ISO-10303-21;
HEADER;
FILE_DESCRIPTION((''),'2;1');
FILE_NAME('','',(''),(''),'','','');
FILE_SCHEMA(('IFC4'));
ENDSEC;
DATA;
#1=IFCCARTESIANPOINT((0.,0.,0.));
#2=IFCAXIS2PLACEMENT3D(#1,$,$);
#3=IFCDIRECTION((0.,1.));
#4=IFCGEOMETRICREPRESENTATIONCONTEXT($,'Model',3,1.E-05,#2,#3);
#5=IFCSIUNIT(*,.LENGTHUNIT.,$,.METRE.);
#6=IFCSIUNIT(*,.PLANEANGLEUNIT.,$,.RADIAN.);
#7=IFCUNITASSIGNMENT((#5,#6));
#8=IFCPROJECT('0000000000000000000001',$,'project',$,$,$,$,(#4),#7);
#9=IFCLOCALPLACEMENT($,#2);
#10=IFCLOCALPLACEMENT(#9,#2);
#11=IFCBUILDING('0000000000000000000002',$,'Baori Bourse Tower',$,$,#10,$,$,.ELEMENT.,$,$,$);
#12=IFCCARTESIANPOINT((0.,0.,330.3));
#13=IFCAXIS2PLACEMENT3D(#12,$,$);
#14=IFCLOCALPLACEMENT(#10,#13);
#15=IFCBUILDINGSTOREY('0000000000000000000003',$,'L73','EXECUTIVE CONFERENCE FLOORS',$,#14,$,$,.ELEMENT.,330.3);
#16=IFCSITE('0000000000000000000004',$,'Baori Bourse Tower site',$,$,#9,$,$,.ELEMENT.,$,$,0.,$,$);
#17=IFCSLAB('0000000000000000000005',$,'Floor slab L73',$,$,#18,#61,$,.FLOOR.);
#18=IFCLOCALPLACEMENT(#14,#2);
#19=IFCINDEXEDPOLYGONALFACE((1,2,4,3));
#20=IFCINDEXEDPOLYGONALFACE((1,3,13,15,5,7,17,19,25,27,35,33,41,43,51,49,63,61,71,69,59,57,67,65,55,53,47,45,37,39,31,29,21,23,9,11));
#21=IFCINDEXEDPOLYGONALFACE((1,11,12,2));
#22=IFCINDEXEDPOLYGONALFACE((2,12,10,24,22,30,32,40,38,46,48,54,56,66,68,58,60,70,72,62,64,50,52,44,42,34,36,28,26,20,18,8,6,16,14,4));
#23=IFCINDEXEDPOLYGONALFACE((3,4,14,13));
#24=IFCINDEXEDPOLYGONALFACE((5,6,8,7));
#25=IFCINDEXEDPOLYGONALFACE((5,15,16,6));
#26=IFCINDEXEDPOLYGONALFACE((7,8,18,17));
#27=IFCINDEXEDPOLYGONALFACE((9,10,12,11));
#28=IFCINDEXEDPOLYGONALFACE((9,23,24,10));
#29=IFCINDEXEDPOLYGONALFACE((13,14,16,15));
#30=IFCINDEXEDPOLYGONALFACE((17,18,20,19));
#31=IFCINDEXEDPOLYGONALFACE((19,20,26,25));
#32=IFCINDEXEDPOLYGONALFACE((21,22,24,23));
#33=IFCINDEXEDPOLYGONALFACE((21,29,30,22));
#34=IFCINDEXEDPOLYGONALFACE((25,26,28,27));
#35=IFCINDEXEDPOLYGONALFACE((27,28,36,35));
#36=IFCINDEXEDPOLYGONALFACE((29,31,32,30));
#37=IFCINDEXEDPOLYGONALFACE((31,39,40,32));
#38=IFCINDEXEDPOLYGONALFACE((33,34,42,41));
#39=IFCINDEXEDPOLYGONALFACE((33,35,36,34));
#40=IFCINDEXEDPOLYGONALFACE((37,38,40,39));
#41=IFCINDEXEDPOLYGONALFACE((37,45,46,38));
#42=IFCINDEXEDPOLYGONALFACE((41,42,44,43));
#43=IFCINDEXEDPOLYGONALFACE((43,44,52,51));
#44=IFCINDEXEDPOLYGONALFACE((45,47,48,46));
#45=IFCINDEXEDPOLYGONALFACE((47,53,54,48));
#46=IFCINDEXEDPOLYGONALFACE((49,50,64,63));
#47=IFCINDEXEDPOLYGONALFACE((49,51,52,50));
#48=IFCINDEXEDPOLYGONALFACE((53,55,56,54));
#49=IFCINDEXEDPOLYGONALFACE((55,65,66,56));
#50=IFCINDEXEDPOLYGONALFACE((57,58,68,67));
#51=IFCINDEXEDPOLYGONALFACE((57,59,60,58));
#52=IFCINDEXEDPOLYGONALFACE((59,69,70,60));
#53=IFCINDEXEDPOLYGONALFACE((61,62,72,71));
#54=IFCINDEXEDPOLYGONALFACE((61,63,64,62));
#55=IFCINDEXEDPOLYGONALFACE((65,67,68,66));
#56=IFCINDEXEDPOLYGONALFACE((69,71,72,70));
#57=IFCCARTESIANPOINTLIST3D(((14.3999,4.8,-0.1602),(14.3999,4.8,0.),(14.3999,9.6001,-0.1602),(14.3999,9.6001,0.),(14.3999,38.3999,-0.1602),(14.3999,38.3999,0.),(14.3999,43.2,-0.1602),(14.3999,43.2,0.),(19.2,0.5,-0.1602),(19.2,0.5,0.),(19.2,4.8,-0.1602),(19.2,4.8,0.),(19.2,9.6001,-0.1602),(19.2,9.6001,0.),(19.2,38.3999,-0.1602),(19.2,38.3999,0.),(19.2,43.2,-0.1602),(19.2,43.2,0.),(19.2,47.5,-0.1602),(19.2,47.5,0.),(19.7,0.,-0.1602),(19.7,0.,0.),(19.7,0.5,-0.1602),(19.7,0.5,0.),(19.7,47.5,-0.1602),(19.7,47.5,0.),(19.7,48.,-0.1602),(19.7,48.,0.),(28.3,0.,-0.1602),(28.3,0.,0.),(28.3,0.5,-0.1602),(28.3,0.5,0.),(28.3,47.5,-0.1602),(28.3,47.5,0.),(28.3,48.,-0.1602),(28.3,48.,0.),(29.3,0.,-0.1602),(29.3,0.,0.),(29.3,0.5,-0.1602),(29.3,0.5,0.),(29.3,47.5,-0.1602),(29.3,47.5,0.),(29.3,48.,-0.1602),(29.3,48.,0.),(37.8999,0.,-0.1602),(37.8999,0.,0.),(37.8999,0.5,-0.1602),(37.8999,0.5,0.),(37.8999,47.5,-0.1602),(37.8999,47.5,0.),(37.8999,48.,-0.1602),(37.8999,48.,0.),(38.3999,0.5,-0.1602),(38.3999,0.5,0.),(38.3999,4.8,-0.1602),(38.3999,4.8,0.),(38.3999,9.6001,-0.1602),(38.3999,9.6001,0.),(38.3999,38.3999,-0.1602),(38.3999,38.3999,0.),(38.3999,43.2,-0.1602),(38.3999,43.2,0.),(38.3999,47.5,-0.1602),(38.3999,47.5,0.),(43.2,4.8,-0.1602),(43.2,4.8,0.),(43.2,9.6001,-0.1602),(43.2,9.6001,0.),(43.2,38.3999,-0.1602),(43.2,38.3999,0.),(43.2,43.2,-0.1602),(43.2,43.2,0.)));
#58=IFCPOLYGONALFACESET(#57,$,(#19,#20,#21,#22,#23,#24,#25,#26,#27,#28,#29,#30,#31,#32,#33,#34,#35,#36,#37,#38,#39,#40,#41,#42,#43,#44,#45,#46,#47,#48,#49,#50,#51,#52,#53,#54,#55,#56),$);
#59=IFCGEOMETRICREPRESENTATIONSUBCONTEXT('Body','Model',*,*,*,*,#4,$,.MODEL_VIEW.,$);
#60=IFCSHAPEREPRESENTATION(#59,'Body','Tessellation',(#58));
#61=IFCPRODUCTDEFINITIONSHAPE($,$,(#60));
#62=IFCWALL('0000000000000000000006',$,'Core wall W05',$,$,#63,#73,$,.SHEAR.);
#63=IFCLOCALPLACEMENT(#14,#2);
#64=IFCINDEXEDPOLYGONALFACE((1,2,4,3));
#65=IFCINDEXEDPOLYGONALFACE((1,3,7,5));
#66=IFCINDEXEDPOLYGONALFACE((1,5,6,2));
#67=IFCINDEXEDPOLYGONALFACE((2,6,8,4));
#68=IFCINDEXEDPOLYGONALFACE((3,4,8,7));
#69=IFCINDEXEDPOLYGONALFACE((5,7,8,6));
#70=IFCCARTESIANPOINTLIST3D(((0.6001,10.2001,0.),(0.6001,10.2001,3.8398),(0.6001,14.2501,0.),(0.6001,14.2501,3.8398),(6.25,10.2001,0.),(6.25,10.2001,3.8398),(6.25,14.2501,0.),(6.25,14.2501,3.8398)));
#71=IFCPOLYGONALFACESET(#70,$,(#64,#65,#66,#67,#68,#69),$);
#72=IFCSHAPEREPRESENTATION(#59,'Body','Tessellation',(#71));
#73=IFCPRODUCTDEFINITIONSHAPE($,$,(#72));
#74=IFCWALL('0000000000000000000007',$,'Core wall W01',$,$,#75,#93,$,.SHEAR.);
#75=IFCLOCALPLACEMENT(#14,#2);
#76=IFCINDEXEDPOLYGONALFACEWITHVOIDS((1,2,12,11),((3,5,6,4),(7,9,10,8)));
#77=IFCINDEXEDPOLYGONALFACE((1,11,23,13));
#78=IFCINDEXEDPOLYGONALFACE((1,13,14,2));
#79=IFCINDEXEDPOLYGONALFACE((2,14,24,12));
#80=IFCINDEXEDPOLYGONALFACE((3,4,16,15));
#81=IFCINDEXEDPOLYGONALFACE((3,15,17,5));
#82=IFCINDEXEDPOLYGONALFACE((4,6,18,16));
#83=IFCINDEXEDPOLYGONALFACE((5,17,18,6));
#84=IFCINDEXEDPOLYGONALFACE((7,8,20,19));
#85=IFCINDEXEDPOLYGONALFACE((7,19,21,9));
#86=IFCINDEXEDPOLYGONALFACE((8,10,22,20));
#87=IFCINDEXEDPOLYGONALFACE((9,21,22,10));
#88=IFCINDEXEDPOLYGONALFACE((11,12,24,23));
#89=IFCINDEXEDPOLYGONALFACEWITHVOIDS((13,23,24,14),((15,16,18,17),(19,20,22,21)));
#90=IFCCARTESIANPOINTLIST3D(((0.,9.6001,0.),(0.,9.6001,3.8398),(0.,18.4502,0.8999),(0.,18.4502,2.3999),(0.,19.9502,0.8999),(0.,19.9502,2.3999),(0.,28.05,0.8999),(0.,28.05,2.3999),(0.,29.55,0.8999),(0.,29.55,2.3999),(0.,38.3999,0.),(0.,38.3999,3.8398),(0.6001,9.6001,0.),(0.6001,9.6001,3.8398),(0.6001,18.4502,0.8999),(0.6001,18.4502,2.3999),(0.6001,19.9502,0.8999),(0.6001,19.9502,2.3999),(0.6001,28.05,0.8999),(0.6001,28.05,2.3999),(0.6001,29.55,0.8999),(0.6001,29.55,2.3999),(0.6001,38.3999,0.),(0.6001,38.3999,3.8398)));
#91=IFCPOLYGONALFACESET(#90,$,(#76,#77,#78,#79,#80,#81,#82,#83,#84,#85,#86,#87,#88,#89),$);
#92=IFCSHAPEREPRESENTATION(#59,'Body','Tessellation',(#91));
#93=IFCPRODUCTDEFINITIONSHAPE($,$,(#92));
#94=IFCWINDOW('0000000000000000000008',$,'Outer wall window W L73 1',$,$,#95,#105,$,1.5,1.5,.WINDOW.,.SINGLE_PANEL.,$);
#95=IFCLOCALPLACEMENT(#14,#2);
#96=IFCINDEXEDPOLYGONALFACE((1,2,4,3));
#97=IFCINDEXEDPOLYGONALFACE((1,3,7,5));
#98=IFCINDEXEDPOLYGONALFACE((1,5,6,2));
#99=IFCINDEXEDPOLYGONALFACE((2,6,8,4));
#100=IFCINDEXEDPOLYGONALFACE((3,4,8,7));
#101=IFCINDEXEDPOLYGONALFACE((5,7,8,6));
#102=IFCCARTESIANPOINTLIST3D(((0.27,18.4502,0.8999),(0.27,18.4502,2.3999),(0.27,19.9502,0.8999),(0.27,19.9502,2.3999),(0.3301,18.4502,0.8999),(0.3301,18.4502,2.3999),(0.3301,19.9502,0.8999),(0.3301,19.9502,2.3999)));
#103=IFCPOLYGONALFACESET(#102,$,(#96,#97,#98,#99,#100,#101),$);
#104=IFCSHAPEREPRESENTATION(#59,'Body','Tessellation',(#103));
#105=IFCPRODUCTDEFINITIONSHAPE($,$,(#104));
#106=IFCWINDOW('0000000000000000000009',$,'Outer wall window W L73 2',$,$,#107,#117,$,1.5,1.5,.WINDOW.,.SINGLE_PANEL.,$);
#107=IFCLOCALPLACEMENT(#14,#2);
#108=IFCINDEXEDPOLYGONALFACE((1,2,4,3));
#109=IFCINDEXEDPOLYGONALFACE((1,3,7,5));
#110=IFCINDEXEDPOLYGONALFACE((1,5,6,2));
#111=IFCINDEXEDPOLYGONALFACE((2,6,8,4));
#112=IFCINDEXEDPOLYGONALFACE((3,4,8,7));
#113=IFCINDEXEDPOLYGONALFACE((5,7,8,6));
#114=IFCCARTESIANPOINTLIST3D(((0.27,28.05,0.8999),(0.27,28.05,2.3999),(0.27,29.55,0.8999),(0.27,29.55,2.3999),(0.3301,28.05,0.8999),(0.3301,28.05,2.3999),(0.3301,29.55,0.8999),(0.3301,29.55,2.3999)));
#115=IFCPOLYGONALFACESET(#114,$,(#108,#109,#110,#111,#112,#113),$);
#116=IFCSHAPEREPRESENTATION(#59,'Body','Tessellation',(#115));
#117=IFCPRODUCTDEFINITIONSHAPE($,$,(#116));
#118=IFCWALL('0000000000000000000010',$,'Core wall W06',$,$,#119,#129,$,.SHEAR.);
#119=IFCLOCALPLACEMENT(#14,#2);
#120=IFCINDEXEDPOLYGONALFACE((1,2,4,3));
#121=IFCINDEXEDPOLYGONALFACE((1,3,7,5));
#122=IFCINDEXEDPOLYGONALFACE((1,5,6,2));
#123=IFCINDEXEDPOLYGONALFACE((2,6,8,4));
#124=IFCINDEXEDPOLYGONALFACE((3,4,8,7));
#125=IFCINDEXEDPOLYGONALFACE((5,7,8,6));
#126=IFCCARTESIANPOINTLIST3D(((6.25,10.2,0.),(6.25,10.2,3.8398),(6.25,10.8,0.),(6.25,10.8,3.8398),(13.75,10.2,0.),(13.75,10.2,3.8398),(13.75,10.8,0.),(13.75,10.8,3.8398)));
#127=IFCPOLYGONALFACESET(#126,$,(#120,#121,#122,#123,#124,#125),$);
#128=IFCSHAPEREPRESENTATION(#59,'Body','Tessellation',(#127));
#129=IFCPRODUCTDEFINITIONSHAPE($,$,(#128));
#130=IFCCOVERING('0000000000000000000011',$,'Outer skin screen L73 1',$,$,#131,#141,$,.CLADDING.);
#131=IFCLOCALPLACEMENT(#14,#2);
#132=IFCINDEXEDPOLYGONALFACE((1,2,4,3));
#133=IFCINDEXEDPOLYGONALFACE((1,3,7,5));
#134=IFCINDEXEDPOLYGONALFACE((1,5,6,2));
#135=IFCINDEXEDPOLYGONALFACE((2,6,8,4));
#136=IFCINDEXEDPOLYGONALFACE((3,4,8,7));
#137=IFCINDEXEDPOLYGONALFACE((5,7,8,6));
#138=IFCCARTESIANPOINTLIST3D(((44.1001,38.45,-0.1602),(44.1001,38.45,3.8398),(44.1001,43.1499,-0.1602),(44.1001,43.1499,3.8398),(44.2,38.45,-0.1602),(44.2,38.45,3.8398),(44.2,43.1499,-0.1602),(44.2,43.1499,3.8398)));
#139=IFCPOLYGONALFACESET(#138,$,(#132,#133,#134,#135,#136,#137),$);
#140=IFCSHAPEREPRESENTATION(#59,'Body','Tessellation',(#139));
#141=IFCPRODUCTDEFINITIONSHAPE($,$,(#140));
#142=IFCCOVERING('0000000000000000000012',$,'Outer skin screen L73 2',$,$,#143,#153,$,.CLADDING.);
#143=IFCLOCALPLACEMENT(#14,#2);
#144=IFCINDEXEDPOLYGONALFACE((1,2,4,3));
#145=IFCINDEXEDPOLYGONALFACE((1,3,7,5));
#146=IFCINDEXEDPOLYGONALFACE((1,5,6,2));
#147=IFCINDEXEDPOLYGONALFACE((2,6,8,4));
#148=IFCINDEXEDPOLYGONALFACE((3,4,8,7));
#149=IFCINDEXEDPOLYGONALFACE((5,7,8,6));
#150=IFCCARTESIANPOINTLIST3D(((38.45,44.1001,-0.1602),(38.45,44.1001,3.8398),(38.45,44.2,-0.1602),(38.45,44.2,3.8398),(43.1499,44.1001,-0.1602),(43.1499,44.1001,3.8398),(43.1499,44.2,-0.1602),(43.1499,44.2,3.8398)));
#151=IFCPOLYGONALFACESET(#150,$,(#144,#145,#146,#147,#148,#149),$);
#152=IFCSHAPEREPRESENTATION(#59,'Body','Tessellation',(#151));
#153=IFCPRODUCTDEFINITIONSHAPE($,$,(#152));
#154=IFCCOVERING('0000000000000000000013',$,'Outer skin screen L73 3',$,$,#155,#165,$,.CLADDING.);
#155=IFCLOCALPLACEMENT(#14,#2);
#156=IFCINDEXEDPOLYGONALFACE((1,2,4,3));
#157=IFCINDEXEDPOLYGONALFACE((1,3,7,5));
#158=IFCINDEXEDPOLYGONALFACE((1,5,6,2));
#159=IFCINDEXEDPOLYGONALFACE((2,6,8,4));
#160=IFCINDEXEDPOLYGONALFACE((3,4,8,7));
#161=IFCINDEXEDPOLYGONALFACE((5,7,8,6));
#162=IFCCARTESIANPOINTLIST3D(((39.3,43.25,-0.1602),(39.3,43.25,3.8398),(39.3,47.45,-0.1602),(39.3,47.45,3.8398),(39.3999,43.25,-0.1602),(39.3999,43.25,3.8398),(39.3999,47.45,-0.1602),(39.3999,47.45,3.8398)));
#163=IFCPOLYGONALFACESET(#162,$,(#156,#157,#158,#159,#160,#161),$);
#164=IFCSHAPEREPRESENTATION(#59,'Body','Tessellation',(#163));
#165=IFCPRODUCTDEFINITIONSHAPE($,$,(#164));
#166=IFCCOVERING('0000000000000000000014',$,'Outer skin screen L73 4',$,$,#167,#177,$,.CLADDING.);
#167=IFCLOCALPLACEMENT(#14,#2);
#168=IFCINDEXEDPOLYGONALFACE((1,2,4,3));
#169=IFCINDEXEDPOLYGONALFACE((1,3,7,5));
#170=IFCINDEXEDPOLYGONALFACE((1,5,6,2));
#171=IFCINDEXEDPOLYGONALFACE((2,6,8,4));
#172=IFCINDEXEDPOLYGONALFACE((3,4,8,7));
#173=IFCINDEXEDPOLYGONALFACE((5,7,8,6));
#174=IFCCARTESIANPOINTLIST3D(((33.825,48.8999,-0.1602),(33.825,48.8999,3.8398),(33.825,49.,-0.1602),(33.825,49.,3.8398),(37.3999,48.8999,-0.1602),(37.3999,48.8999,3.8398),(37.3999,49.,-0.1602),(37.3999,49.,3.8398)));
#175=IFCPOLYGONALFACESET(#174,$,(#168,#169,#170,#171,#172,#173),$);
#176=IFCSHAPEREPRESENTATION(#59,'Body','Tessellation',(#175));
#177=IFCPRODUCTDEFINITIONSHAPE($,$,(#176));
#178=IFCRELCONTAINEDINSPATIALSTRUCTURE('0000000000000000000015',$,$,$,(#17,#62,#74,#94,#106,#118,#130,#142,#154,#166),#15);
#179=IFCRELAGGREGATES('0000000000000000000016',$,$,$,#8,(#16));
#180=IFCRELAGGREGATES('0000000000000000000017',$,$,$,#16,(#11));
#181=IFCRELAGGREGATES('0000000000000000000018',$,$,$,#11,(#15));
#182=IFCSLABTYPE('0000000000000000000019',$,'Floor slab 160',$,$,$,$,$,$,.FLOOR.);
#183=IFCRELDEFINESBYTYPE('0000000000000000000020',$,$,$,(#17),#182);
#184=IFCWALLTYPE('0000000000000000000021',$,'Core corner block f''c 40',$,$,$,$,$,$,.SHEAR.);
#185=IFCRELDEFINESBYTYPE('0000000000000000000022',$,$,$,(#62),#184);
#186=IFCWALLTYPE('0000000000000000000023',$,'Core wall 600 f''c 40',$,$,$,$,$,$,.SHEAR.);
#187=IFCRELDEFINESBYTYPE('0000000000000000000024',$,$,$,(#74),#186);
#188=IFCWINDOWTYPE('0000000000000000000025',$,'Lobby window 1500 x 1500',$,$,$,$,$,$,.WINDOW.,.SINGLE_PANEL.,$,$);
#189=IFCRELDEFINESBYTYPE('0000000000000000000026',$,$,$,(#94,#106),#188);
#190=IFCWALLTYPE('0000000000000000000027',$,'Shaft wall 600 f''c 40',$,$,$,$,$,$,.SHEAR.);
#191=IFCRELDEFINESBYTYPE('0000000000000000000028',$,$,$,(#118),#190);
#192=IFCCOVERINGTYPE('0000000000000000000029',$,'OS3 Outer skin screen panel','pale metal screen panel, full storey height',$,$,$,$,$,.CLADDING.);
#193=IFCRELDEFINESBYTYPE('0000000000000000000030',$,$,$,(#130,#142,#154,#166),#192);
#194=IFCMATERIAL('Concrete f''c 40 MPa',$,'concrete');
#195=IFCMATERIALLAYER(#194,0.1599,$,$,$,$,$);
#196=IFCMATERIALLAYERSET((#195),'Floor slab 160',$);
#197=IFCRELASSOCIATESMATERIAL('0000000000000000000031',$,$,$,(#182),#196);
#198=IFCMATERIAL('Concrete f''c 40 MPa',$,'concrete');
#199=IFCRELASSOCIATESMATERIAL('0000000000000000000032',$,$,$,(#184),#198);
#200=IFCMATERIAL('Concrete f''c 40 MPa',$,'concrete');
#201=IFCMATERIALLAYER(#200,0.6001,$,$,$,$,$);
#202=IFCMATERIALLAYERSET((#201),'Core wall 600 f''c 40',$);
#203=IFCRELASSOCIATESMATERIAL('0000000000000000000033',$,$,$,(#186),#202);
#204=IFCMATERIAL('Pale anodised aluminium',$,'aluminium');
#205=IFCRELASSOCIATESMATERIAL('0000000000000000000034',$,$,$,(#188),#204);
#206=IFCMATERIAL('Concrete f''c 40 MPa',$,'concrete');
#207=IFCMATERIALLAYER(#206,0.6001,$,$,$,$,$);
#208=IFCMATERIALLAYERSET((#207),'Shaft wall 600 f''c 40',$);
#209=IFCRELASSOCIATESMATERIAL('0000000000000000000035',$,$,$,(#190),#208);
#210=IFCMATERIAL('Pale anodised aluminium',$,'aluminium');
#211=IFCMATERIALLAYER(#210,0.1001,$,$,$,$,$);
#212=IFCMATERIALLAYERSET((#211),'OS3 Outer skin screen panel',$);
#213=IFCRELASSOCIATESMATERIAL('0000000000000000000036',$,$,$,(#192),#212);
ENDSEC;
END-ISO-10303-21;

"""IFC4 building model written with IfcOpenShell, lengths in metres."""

from ifc_helpers import new_model, si_unit, direction, frame, frame_2d, origin, place, context, subcontext, project, spatial, polyline, rectangle, outline, extrude, material, layer, layer_set, type_object, element, fill, save


model = new_model("IFC4")

# Units and contexts
model_context = context("Model", 3, precision=1e-05, world=origin(), true_north=direction((0.0, 1.0)))
body_context = subcontext(model_context, "Body", "Model", "MODEL_VIEW")
ifc_project = project(units=[si_unit("LENGTHUNIT", "METRE"), si_unit("PLANEANGLEUNIT", "RADIAN")], contexts=[model_context])

# Site, building, storey
site_placement = place(None, origin())
site = spatial("IfcSite", under=ifc_project, at=site_placement, Name="Baori Bourse Tower site", CompositionType="ELEMENT", RefElevation=0.0)
building_placement = place(site_placement, origin())
building = spatial("IfcBuilding", under=site, at=building_placement, Name="Baori Bourse Tower", CompositionType="ELEMENT")
storey_placement = place(building_placement, frame((0.0, 0.0, 330.3)))
storey = spatial("IfcBuildingStorey", under=building, at=storey_placement, Name="L73", Description="EXECUTIVE CONFERENCE FLOORS", CompositionType="ELEMENT", Elevation=330.3)

# Slab
ifc_material_1 = material(Name="Concrete f'c 40 MPa", Category="concrete")
ifc_layer_1 = layer(ifc_material_1, 0.1599)
ifc_layer_set_1 = layer_set([ifc_layer_1], Name="Floor slab 160")
slab_type_1 = type_object("IfcSlabType", Name="Floor slab 160", PredefinedType="FLOOR", material=ifc_layer_set_1)
slab_1_placement = place(storey_placement, frame((0.0, 0.0, -0.1602)))
element("IfcSlab", 1, at=slab_1_placement, inside=storey, type_object=slab_type_1, Name="Floor slab L73", PredefinedType="FLOOR", context=body_context, shape_type="SweptSolid", body=[
    extrude(outline(polyline([(19.2, 4.8), (14.3999, 4.8), (14.3999, 9.6001), (19.2, 9.6001), (19.2, 38.3999), (14.3999, 38.3999), (14.3999, 43.2), (19.2, 43.2), (19.2, 47.5), (19.7, 47.5), (19.7, 48.0), (28.3, 48.0), (28.3, 47.5), (29.3, 47.5), (29.3, 48.0), (37.8999, 48.0), (37.8999, 47.5), (38.3999, 47.5), (38.3999, 43.2), (43.2, 43.2), (43.2, 38.3999), (38.3999, 38.3999), (38.3999, 9.6001), (43.2, 9.6001), (43.2, 4.8), (38.3999, 4.8), (38.3999, 0.5), (37.8999, 0.5), (37.8999, 0.0), (29.3, 0.0), (29.3, 0.5), (28.3, 0.5), (28.3, 0.0), (19.7, 0.0), (19.7, 0.5), (19.2, 0.5), (19.2, 4.8)])), origin(), (0.0, 0.0, 1.0), 0.1602),
])

# Wall
ifc_material_2 = material(Name="Concrete f'c 40 MPa", Category="concrete")
wall_type_1 = type_object("IfcWallType", Name="Core corner block f'c 40", PredefinedType="SHEAR", material=ifc_material_2)
wall_1_placement = place(storey_placement, frame((0.6001, 12.2251, 0.0), z_axis=(0.0, 0.0, 1.0), x_axis=(1.0, 0.0, 0.0)))
element("IfcWall", 2, at=wall_1_placement, inside=storey, type_object=wall_type_1, Name="Core wall W05", PredefinedType="SHEAR", context=body_context, shape_type="SweptSolid", body=[
    extrude(rectangle(XDim=5.6499, YDim=4.05, at=frame_2d((2.825, 0.0))), origin(), (0.0, 0.0, 1.0), 3.8398),
])

# Wall, openings, windows
ifc_material_3 = material(Name="Concrete f'c 40 MPa", Category="concrete")
ifc_layer_2 = layer(ifc_material_3, 0.6001)
ifc_layer_set_2 = layer_set([ifc_layer_2], Name="Core wall 600 f'c 40")
wall_type_2 = type_object("IfcWallType", Name="Core wall 600 f'c 40", PredefinedType="SHEAR", material=ifc_layer_set_2)
wall_2_placement = place(storey_placement, frame((0.3, 9.6001, 0.0), z_axis=(0.0, 0.0, 1.0), x_axis=(0.0, 1.0, 0.0)))
wall_2 = element("IfcWall", 3, at=wall_2_placement, inside=storey, type_object=wall_type_2, Name="Core wall W01", PredefinedType="SHEAR", context=body_context, shape_type="SweptSolid", body=[
    extrude(rectangle(XDim=28.7998, YDim=0.6001, at=frame_2d((14.3999, 0.0))), origin(), (0.0, 0.0, 1.0), 3.8398),
])
opening_1_placement = place(wall_2_placement, frame((8.8501, 0.0, 0.8999)))
opening_1 = element("IfcOpeningElement", 4, at=opening_1_placement, cuts=wall_2, PredefinedType="OPENING", context=body_context, shape_type="SweptSolid", body=[
    extrude(rectangle(XDim=1.5, YDim=1.5, at=frame_2d((0.75, 0.75))), frame((0.0, 0.3101, 0.0), z_axis=(0.0, -1.0, 0.0), x_axis=(1.0, 0.0, 0.0)), (0.0, 0.0, 1.0), 0.6201),
])
opening_2_placement = place(wall_2_placement, frame((18.45, 0.0, 0.8999)))
opening_2 = element("IfcOpeningElement", 5, at=opening_2_placement, cuts=wall_2, PredefinedType="OPENING", context=body_context, shape_type="SweptSolid", body=[
    extrude(rectangle(XDim=1.5, YDim=1.5, at=frame_2d((0.75, 0.75))), frame((0.0, 0.3101, 0.0), z_axis=(0.0, -1.0, 0.0), x_axis=(1.0, 0.0, 0.0)), (0.0, 0.0, 1.0), 0.6201),
])
ifc_material_4 = material(Name="Pale anodised aluminium", Category="aluminium")
window_type = type_object("IfcWindowType", Name="Lobby window 1500 x 1500", PartitioningType="SINGLE_PANEL", PredefinedType="WINDOW", material=ifc_material_4)
window_1_placement = place(opening_1_placement, origin())
window_1 = element("IfcWindow", 6, at=window_1_placement, inside=storey, type_object=window_type, Name="Outer wall window W L73 1", OverallHeight=1.5, OverallWidth=1.5, PartitioningType="SINGLE_PANEL", PredefinedType="WINDOW", context=body_context, shape_type="SweptSolid", body=[
    extrude(rectangle(XDim=1.5, YDim=1.5, at=frame_2d((0.75, 0.75))), frame((0.0, 0.03, 0.0), z_axis=(0.0, -1.0, 0.0), x_axis=(1.0, 0.0, 0.0)), (0.0, 0.0, 1.0), 0.0601),
])
fill(opening_1, window_1)
window_2_placement = place(opening_2_placement, origin())
window_2 = element("IfcWindow", 7, at=window_2_placement, inside=storey, type_object=window_type, Name="Outer wall window W L73 2", OverallHeight=1.5, OverallWidth=1.5, PartitioningType="SINGLE_PANEL", PredefinedType="WINDOW", context=body_context, shape_type="SweptSolid", body=[
    extrude(rectangle(XDim=1.5, YDim=1.5, at=frame_2d((0.75, 0.75))), frame((0.0, 0.03, 0.0), z_axis=(0.0, -1.0, 0.0), x_axis=(1.0, 0.0, 0.0)), (0.0, 0.0, 1.0), 0.0601),
])
fill(opening_2, window_2)

# Wall
ifc_material_5 = material(Name="Concrete f'c 40 MPa", Category="concrete")
ifc_layer_3 = layer(ifc_material_5, 0.6001)
ifc_layer_set_3 = layer_set([ifc_layer_3], Name="Shaft wall 600 f'c 40")
wall_type_3 = type_object("IfcWallType", Name="Shaft wall 600 f'c 40", PredefinedType="SHEAR", material=ifc_layer_set_3)
wall_3_placement = place(storey_placement, frame((6.25, 10.5, 0.0), z_axis=(0.0, 0.0, 1.0), x_axis=(1.0, 0.0, 0.0)))
element("IfcWall", 8, at=wall_3_placement, inside=storey, type_object=wall_type_3, Name="Core wall W06", PredefinedType="SHEAR", context=body_context, shape_type="SweptSolid", body=[
    extrude(rectangle(XDim=7.5, YDim=0.6001, at=frame_2d((3.75, 0.0))), origin(), (0.0, 0.0, 1.0), 3.8398),
])

# Coverings
ifc_material_6 = material(Name="Pale anodised aluminium", Category="aluminium")
ifc_layer_4 = layer(ifc_material_6, 0.1001)
ifc_layer_set_4 = layer_set([ifc_layer_4], Name="OS3 Outer skin screen panel")
covering_type = type_object("IfcCoveringType", Name="OS3 Outer skin screen panel", Description="pale metal screen panel, full storey height", PredefinedType="CLADDING", material=ifc_layer_set_4)
covering_1_placement = place(storey_placement, frame((0.0, 0.0, -0.1602)))
element("IfcCovering", 9, at=covering_1_placement, inside=storey, type_object=covering_type, Name="Outer skin screen L73 1", PredefinedType="CLADDING", context=body_context, shape_type="SweptSolid", body=[
    extrude(outline(polyline([(44.1001, 43.1499), (44.1001, 38.45), (44.2, 38.45), (44.2, 43.1499), (44.1001, 43.1499)])), origin(), (0.0, 0.0, 1.0), 4.0),
])
covering_2_placement = place(storey_placement, frame((0.0, 0.0, -0.1602)))
element("IfcCovering", 10, at=covering_2_placement, inside=storey, type_object=covering_type, Name="Outer skin screen L73 2", PredefinedType="CLADDING", context=body_context, shape_type="SweptSolid", body=[
    extrude(outline(polyline([(38.45, 44.1001), (43.1499, 44.1001), (43.1499, 44.2), (38.45, 44.2), (38.45, 44.1001)])), origin(), (0.0, 0.0, 1.0), 4.0),
])
covering_3_placement = place(storey_placement, frame((0.0, 0.0, -0.1602)))
element("IfcCovering", 11, at=covering_3_placement, inside=storey, type_object=covering_type, Name="Outer skin screen L73 3", PredefinedType="CLADDING", context=body_context, shape_type="SweptSolid", body=[
    extrude(outline(polyline([(39.3, 47.45), (39.3, 43.25), (39.3999, 43.25), (39.3999, 47.45), (39.3, 47.45)])), origin(), (0.0, 0.0, 1.0), 4.0),
])
covering_4_placement = place(storey_placement, frame((0.0, 0.0, -0.1602)))
element("IfcCovering", 12, at=covering_4_placement, inside=storey, type_object=covering_type, Name="Outer skin screen L73 4", PredefinedType="CLADDING", context=body_context, shape_type="SweptSolid", body=[
    extrude(outline(polyline([(33.825, 48.8999), (37.3999, 48.8999), (37.3999, 49.0), (33.825, 49.0), (33.825, 48.8999)])), origin(), (0.0, 0.0, 1.0), 4.0),
])

save(model, "model.ifc")
